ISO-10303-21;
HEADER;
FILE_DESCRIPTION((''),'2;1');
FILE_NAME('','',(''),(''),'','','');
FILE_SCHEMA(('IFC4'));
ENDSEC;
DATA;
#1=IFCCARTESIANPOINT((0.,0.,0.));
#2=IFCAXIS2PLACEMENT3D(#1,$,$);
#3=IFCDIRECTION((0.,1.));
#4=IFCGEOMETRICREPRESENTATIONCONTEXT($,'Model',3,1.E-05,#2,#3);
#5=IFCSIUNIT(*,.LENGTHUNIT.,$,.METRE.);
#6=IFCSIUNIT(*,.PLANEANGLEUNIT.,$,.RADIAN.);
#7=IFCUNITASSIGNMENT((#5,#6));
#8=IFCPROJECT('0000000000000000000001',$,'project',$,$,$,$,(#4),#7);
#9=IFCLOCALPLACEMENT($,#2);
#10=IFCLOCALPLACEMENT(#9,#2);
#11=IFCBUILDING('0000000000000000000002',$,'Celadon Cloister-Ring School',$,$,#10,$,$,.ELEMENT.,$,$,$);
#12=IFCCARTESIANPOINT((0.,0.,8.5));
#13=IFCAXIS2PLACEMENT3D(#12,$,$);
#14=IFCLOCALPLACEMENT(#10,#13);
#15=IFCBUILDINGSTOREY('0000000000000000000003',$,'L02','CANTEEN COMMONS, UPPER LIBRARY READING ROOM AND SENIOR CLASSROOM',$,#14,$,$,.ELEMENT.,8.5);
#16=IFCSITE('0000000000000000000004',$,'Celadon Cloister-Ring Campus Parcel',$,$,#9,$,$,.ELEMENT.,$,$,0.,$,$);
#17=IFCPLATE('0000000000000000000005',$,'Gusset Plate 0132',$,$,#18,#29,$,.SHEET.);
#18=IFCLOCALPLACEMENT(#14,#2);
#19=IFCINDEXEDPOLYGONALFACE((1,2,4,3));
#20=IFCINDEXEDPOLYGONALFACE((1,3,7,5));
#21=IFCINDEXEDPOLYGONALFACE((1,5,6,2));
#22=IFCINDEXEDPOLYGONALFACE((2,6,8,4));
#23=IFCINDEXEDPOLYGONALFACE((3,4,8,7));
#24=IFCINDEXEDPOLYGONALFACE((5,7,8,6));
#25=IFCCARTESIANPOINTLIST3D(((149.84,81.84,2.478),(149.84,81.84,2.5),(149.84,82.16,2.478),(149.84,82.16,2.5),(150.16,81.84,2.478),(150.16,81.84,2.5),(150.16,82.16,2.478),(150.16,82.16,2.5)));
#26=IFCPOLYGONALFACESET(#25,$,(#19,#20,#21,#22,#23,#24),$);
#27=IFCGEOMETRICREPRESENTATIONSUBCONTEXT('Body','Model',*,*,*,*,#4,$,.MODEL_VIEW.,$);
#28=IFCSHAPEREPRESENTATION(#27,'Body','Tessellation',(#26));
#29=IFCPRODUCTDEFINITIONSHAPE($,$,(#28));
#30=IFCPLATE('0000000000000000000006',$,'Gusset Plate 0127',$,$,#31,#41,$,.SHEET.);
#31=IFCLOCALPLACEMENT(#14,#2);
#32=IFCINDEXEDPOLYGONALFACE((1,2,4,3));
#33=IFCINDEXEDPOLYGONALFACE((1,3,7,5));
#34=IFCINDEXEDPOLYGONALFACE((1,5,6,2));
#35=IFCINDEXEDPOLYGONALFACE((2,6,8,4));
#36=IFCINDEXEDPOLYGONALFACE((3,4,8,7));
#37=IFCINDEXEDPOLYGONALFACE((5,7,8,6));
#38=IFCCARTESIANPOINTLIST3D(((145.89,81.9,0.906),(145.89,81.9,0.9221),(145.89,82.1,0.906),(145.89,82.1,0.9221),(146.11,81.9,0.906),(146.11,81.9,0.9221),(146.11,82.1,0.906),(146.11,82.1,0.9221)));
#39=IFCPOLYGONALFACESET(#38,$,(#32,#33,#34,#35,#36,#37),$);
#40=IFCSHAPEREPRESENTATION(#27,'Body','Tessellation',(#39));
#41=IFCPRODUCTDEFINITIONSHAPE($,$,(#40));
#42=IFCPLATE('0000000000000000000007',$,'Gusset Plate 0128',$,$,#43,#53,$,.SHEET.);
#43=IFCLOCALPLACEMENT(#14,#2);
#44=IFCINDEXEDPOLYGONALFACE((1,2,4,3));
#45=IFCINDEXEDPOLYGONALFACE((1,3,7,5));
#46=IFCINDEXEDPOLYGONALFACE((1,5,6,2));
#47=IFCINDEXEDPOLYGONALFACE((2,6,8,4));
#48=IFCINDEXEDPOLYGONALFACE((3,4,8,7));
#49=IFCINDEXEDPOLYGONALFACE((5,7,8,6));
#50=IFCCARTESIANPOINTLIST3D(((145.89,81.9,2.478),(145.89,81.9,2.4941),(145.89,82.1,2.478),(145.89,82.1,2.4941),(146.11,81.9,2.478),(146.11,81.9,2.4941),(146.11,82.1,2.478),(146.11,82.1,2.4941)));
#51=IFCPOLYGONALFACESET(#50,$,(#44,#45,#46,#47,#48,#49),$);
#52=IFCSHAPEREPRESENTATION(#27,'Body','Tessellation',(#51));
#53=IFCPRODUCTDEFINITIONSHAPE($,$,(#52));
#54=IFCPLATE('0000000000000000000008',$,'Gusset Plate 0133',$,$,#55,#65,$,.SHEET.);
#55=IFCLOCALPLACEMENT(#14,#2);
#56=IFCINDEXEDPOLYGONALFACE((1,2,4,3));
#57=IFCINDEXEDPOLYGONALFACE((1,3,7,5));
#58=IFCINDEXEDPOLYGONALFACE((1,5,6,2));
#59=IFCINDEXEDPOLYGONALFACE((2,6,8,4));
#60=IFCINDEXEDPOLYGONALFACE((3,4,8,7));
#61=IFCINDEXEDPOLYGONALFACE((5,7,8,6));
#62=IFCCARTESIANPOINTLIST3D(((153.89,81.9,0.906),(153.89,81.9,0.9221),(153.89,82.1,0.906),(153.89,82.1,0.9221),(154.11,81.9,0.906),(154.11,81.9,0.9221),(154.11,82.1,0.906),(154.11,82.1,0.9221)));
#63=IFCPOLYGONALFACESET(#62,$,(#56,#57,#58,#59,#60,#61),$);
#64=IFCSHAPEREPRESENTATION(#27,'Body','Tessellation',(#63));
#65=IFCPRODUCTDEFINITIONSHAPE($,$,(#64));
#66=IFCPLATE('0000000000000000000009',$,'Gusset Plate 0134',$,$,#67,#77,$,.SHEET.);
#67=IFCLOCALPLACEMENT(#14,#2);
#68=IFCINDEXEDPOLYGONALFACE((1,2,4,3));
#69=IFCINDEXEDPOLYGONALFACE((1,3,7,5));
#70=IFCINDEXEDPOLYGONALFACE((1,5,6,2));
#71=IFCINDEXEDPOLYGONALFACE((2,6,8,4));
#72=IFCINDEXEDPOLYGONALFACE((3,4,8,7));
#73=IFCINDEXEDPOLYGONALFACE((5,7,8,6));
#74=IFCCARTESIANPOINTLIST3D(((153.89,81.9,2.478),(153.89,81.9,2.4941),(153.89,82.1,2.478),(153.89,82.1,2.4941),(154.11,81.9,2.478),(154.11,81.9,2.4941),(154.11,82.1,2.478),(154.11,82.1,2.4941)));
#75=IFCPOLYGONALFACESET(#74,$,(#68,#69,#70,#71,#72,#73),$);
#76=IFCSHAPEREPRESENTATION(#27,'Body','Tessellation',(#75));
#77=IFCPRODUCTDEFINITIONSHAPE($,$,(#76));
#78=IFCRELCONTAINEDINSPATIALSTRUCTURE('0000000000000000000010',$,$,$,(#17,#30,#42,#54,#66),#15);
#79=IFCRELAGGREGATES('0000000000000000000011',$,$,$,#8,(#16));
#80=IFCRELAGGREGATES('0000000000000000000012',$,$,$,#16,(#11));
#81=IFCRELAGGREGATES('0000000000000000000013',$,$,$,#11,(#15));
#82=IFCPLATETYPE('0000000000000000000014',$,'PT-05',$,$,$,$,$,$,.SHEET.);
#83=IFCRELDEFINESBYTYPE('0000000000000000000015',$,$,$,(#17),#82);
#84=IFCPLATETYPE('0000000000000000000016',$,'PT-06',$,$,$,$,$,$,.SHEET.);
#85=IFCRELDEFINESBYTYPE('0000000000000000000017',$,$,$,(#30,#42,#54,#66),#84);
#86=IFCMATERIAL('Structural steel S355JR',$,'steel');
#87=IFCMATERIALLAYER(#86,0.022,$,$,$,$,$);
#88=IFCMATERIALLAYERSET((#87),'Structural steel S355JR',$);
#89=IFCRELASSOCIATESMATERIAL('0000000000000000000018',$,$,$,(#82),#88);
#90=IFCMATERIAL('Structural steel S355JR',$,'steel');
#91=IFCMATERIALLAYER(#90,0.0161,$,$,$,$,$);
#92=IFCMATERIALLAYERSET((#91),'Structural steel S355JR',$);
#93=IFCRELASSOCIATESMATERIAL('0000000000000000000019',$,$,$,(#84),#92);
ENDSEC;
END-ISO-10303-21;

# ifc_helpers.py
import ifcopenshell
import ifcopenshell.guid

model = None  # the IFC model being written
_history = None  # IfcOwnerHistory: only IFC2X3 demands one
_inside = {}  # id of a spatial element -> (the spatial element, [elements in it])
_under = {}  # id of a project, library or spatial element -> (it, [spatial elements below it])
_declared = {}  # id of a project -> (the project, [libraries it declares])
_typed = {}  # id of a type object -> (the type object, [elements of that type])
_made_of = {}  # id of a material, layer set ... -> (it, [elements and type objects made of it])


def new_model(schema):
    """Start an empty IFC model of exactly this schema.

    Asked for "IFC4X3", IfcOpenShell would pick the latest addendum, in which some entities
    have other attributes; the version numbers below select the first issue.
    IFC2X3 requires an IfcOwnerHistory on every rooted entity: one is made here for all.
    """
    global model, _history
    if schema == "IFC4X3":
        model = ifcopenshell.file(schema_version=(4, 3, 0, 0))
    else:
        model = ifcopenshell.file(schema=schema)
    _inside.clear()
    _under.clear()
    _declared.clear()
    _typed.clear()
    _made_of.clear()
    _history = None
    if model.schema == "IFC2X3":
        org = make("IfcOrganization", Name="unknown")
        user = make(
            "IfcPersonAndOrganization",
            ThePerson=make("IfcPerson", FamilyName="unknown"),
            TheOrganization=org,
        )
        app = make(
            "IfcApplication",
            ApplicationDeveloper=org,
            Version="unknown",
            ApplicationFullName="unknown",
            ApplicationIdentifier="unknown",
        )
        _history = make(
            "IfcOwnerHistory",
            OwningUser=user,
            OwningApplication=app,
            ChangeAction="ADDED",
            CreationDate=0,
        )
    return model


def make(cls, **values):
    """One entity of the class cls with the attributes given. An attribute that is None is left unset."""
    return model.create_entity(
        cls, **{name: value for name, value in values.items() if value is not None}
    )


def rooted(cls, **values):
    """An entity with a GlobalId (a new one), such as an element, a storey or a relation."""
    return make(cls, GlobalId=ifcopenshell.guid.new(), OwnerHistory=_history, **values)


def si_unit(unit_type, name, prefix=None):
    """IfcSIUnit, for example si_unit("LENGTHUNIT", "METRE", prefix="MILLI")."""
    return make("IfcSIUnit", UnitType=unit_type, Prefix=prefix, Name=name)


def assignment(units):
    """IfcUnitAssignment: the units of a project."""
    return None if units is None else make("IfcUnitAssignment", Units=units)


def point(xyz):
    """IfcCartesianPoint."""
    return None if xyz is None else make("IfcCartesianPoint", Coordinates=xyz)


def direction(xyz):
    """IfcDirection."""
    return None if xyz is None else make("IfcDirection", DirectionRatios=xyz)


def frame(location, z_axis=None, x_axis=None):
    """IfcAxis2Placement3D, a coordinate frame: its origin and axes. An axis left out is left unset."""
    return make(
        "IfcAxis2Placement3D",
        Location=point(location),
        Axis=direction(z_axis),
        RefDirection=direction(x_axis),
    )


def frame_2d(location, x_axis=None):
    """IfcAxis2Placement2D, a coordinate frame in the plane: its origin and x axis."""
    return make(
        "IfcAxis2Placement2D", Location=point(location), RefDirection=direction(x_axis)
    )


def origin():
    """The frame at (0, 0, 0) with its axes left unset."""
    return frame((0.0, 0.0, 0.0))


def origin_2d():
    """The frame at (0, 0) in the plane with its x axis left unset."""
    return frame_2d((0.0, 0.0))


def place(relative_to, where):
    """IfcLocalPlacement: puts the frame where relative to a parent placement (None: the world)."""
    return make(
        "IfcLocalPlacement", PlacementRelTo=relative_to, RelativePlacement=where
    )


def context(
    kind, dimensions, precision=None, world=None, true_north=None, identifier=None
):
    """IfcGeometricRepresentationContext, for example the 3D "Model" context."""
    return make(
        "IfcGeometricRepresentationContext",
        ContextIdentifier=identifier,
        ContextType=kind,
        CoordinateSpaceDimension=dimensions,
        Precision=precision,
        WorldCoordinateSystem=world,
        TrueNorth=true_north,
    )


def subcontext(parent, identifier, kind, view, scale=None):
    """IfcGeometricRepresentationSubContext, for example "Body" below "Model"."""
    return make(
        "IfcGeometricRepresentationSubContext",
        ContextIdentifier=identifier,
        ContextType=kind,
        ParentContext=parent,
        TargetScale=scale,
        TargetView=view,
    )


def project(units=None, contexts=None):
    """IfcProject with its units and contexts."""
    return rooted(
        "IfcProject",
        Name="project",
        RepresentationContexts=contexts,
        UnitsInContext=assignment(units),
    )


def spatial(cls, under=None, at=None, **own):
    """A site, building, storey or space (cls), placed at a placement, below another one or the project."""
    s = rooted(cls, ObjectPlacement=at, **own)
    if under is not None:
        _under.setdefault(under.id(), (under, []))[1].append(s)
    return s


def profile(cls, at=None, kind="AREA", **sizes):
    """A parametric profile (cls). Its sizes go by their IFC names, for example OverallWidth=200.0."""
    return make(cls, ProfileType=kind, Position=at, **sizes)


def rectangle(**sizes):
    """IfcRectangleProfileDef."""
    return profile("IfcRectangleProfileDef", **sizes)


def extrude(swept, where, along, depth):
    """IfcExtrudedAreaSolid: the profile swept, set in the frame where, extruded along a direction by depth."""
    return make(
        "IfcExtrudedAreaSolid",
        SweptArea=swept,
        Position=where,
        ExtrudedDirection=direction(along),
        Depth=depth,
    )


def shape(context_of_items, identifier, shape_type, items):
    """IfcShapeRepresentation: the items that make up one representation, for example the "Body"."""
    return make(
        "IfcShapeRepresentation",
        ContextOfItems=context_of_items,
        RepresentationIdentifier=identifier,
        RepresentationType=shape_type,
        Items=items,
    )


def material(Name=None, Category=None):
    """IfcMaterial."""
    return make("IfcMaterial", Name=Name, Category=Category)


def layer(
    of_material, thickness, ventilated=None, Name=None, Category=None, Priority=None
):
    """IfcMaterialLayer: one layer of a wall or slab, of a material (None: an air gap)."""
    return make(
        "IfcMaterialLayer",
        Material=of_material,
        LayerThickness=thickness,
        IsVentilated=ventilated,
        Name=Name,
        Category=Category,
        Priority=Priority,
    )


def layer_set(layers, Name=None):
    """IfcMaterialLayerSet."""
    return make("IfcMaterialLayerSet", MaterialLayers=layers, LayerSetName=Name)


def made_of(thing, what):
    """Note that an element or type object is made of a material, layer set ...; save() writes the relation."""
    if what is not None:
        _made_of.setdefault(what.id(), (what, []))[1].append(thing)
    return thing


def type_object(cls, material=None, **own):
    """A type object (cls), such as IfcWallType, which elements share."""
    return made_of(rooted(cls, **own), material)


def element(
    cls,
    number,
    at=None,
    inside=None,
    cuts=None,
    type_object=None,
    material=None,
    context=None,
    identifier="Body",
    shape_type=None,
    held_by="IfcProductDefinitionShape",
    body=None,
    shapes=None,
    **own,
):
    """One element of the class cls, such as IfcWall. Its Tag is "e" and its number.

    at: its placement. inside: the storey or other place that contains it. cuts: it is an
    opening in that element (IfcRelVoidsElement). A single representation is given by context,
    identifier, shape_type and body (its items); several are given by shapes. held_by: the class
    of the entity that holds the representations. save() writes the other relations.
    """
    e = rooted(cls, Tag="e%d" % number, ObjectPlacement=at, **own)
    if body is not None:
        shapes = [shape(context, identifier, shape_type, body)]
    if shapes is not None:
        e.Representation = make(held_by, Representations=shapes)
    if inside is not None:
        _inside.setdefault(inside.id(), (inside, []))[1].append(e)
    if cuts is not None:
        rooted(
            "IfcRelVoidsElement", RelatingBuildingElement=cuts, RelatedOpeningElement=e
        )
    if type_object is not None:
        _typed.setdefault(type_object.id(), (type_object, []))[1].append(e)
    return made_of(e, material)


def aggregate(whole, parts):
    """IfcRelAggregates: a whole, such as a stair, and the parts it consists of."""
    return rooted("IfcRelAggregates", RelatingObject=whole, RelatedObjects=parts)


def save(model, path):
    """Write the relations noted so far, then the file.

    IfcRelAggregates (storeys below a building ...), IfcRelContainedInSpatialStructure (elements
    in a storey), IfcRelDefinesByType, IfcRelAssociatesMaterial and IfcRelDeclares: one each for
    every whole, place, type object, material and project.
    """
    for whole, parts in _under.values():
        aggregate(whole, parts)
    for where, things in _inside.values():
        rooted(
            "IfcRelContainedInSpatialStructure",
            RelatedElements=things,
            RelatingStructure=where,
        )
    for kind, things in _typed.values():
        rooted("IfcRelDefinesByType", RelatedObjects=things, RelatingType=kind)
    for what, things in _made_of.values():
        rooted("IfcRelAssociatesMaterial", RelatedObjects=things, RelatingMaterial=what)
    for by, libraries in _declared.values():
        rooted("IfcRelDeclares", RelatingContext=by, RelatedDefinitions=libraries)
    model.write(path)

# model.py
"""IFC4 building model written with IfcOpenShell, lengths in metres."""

from ifc_helpers import new_model, si_unit, direction, frame, origin, origin_2d, place, context, subcontext, project, spatial, rectangle, extrude, material, layer, layer_set, type_object, element, save


model = new_model("IFC4")

# Units and contexts
model_context = context("Model", 3, precision=1e-05, world=origin(), true_north=direction((0.0, 1.0)))
body_context = subcontext(model_context, "Body", "Model", "MODEL_VIEW")
ifc_project = project(units=[si_unit("LENGTHUNIT", "METRE"), si_unit("PLANEANGLEUNIT", "RADIAN")], contexts=[model_context])

# Site, building, storey
site_placement = place(None, origin())
site = spatial("IfcSite", under=ifc_project, at=site_placement, Name="Celadon Cloister-Ring Campus Parcel", CompositionType="ELEMENT", RefElevation=0.0)
building_placement = place(site_placement, origin())
building = spatial("IfcBuilding", under=site, at=building_placement, Name="Celadon Cloister-Ring School", CompositionType="ELEMENT")
storey_placement = place(building_placement, frame((0.0, 0.0, 8.5)))
storey = spatial("IfcBuildingStorey", under=building, at=storey_placement, Name="L02", Description="CANTEEN COMMONS, UPPER LIBRARY READING ROOM AND SENIOR CLASSROOM", CompositionType="ELEMENT", Elevation=8.5)

# Plates
ifc_material_1 = material(Name="Structural steel S355JR", Category="steel")
ifc_layer_1 = layer(ifc_material_1, 0.022)
ifc_layer_set_1 = layer_set([ifc_layer_1], Name="Structural steel S355JR")
plate_type_1 = type_object("IfcPlateType", Name="PT-05", PredefinedType="SHEET", material=ifc_layer_set_1)
for number, where, z_axis, x_axis, name in (
    (1, (150.0, 82.0, 2.478), (0.0, 0.0, 1.0), (1.0, 0.0, 0.0), "Gusset Plate 0132"),
):
    element("IfcPlate", number, at=place(storey_placement, frame(where, z_axis=z_axis, x_axis=x_axis)), inside=storey, type_object=plate_type_1, Name=name, PredefinedType="SHEET", context=body_context, shape_type="SweptSolid", body=[
        extrude(rectangle(XDim=0.3201, YDim=0.3201, at=origin_2d()), origin(), (0.0, 0.0, 1.0), 0.022),
    ])
ifc_material_2 = material(Name="Structural steel S355JR", Category="steel")
ifc_layer_2 = layer(ifc_material_2, 0.0161)
ifc_layer_set_2 = layer_set([ifc_layer_2], Name="Structural steel S355JR")
plate_type_2 = type_object("IfcPlateType", Name="PT-06", PredefinedType="SHEET", material=ifc_layer_set_2)
for number, where, z_axis, x_axis, name in (
    (2, (146.0, 82.0, 0.906), (0.0, 0.0, 1.0), (1.0, 0.0, 0.0), "Gusset Plate 0127"),
    (3, (146.0, 82.0, 2.478), (0.0, 0.0, 1.0), (1.0, 0.0, 0.0), "Gusset Plate 0128"),
    (4, (154.0, 82.0, 0.906), (0.0, 0.0, 1.0), (1.0, 0.0, 0.0), "Gusset Plate 0133"),
    (5, (154.0, 82.0, 2.478), (0.0, 0.0, 1.0), (1.0, 0.0, 0.0), "Gusset Plate 0134"),
):
    element("IfcPlate", number, at=place(storey_placement, frame(where, z_axis=z_axis, x_axis=x_axis)), inside=storey, type_object=plate_type_2, Name=name, PredefinedType="SHEET", context=body_context, shape_type="SweptSolid", body=[
        extrude(rectangle(XDim=0.22, YDim=0.2, at=origin_2d()), origin(), (0.0, 0.0, 1.0), 0.0161),
    ])

save(model, "model.ifc")
